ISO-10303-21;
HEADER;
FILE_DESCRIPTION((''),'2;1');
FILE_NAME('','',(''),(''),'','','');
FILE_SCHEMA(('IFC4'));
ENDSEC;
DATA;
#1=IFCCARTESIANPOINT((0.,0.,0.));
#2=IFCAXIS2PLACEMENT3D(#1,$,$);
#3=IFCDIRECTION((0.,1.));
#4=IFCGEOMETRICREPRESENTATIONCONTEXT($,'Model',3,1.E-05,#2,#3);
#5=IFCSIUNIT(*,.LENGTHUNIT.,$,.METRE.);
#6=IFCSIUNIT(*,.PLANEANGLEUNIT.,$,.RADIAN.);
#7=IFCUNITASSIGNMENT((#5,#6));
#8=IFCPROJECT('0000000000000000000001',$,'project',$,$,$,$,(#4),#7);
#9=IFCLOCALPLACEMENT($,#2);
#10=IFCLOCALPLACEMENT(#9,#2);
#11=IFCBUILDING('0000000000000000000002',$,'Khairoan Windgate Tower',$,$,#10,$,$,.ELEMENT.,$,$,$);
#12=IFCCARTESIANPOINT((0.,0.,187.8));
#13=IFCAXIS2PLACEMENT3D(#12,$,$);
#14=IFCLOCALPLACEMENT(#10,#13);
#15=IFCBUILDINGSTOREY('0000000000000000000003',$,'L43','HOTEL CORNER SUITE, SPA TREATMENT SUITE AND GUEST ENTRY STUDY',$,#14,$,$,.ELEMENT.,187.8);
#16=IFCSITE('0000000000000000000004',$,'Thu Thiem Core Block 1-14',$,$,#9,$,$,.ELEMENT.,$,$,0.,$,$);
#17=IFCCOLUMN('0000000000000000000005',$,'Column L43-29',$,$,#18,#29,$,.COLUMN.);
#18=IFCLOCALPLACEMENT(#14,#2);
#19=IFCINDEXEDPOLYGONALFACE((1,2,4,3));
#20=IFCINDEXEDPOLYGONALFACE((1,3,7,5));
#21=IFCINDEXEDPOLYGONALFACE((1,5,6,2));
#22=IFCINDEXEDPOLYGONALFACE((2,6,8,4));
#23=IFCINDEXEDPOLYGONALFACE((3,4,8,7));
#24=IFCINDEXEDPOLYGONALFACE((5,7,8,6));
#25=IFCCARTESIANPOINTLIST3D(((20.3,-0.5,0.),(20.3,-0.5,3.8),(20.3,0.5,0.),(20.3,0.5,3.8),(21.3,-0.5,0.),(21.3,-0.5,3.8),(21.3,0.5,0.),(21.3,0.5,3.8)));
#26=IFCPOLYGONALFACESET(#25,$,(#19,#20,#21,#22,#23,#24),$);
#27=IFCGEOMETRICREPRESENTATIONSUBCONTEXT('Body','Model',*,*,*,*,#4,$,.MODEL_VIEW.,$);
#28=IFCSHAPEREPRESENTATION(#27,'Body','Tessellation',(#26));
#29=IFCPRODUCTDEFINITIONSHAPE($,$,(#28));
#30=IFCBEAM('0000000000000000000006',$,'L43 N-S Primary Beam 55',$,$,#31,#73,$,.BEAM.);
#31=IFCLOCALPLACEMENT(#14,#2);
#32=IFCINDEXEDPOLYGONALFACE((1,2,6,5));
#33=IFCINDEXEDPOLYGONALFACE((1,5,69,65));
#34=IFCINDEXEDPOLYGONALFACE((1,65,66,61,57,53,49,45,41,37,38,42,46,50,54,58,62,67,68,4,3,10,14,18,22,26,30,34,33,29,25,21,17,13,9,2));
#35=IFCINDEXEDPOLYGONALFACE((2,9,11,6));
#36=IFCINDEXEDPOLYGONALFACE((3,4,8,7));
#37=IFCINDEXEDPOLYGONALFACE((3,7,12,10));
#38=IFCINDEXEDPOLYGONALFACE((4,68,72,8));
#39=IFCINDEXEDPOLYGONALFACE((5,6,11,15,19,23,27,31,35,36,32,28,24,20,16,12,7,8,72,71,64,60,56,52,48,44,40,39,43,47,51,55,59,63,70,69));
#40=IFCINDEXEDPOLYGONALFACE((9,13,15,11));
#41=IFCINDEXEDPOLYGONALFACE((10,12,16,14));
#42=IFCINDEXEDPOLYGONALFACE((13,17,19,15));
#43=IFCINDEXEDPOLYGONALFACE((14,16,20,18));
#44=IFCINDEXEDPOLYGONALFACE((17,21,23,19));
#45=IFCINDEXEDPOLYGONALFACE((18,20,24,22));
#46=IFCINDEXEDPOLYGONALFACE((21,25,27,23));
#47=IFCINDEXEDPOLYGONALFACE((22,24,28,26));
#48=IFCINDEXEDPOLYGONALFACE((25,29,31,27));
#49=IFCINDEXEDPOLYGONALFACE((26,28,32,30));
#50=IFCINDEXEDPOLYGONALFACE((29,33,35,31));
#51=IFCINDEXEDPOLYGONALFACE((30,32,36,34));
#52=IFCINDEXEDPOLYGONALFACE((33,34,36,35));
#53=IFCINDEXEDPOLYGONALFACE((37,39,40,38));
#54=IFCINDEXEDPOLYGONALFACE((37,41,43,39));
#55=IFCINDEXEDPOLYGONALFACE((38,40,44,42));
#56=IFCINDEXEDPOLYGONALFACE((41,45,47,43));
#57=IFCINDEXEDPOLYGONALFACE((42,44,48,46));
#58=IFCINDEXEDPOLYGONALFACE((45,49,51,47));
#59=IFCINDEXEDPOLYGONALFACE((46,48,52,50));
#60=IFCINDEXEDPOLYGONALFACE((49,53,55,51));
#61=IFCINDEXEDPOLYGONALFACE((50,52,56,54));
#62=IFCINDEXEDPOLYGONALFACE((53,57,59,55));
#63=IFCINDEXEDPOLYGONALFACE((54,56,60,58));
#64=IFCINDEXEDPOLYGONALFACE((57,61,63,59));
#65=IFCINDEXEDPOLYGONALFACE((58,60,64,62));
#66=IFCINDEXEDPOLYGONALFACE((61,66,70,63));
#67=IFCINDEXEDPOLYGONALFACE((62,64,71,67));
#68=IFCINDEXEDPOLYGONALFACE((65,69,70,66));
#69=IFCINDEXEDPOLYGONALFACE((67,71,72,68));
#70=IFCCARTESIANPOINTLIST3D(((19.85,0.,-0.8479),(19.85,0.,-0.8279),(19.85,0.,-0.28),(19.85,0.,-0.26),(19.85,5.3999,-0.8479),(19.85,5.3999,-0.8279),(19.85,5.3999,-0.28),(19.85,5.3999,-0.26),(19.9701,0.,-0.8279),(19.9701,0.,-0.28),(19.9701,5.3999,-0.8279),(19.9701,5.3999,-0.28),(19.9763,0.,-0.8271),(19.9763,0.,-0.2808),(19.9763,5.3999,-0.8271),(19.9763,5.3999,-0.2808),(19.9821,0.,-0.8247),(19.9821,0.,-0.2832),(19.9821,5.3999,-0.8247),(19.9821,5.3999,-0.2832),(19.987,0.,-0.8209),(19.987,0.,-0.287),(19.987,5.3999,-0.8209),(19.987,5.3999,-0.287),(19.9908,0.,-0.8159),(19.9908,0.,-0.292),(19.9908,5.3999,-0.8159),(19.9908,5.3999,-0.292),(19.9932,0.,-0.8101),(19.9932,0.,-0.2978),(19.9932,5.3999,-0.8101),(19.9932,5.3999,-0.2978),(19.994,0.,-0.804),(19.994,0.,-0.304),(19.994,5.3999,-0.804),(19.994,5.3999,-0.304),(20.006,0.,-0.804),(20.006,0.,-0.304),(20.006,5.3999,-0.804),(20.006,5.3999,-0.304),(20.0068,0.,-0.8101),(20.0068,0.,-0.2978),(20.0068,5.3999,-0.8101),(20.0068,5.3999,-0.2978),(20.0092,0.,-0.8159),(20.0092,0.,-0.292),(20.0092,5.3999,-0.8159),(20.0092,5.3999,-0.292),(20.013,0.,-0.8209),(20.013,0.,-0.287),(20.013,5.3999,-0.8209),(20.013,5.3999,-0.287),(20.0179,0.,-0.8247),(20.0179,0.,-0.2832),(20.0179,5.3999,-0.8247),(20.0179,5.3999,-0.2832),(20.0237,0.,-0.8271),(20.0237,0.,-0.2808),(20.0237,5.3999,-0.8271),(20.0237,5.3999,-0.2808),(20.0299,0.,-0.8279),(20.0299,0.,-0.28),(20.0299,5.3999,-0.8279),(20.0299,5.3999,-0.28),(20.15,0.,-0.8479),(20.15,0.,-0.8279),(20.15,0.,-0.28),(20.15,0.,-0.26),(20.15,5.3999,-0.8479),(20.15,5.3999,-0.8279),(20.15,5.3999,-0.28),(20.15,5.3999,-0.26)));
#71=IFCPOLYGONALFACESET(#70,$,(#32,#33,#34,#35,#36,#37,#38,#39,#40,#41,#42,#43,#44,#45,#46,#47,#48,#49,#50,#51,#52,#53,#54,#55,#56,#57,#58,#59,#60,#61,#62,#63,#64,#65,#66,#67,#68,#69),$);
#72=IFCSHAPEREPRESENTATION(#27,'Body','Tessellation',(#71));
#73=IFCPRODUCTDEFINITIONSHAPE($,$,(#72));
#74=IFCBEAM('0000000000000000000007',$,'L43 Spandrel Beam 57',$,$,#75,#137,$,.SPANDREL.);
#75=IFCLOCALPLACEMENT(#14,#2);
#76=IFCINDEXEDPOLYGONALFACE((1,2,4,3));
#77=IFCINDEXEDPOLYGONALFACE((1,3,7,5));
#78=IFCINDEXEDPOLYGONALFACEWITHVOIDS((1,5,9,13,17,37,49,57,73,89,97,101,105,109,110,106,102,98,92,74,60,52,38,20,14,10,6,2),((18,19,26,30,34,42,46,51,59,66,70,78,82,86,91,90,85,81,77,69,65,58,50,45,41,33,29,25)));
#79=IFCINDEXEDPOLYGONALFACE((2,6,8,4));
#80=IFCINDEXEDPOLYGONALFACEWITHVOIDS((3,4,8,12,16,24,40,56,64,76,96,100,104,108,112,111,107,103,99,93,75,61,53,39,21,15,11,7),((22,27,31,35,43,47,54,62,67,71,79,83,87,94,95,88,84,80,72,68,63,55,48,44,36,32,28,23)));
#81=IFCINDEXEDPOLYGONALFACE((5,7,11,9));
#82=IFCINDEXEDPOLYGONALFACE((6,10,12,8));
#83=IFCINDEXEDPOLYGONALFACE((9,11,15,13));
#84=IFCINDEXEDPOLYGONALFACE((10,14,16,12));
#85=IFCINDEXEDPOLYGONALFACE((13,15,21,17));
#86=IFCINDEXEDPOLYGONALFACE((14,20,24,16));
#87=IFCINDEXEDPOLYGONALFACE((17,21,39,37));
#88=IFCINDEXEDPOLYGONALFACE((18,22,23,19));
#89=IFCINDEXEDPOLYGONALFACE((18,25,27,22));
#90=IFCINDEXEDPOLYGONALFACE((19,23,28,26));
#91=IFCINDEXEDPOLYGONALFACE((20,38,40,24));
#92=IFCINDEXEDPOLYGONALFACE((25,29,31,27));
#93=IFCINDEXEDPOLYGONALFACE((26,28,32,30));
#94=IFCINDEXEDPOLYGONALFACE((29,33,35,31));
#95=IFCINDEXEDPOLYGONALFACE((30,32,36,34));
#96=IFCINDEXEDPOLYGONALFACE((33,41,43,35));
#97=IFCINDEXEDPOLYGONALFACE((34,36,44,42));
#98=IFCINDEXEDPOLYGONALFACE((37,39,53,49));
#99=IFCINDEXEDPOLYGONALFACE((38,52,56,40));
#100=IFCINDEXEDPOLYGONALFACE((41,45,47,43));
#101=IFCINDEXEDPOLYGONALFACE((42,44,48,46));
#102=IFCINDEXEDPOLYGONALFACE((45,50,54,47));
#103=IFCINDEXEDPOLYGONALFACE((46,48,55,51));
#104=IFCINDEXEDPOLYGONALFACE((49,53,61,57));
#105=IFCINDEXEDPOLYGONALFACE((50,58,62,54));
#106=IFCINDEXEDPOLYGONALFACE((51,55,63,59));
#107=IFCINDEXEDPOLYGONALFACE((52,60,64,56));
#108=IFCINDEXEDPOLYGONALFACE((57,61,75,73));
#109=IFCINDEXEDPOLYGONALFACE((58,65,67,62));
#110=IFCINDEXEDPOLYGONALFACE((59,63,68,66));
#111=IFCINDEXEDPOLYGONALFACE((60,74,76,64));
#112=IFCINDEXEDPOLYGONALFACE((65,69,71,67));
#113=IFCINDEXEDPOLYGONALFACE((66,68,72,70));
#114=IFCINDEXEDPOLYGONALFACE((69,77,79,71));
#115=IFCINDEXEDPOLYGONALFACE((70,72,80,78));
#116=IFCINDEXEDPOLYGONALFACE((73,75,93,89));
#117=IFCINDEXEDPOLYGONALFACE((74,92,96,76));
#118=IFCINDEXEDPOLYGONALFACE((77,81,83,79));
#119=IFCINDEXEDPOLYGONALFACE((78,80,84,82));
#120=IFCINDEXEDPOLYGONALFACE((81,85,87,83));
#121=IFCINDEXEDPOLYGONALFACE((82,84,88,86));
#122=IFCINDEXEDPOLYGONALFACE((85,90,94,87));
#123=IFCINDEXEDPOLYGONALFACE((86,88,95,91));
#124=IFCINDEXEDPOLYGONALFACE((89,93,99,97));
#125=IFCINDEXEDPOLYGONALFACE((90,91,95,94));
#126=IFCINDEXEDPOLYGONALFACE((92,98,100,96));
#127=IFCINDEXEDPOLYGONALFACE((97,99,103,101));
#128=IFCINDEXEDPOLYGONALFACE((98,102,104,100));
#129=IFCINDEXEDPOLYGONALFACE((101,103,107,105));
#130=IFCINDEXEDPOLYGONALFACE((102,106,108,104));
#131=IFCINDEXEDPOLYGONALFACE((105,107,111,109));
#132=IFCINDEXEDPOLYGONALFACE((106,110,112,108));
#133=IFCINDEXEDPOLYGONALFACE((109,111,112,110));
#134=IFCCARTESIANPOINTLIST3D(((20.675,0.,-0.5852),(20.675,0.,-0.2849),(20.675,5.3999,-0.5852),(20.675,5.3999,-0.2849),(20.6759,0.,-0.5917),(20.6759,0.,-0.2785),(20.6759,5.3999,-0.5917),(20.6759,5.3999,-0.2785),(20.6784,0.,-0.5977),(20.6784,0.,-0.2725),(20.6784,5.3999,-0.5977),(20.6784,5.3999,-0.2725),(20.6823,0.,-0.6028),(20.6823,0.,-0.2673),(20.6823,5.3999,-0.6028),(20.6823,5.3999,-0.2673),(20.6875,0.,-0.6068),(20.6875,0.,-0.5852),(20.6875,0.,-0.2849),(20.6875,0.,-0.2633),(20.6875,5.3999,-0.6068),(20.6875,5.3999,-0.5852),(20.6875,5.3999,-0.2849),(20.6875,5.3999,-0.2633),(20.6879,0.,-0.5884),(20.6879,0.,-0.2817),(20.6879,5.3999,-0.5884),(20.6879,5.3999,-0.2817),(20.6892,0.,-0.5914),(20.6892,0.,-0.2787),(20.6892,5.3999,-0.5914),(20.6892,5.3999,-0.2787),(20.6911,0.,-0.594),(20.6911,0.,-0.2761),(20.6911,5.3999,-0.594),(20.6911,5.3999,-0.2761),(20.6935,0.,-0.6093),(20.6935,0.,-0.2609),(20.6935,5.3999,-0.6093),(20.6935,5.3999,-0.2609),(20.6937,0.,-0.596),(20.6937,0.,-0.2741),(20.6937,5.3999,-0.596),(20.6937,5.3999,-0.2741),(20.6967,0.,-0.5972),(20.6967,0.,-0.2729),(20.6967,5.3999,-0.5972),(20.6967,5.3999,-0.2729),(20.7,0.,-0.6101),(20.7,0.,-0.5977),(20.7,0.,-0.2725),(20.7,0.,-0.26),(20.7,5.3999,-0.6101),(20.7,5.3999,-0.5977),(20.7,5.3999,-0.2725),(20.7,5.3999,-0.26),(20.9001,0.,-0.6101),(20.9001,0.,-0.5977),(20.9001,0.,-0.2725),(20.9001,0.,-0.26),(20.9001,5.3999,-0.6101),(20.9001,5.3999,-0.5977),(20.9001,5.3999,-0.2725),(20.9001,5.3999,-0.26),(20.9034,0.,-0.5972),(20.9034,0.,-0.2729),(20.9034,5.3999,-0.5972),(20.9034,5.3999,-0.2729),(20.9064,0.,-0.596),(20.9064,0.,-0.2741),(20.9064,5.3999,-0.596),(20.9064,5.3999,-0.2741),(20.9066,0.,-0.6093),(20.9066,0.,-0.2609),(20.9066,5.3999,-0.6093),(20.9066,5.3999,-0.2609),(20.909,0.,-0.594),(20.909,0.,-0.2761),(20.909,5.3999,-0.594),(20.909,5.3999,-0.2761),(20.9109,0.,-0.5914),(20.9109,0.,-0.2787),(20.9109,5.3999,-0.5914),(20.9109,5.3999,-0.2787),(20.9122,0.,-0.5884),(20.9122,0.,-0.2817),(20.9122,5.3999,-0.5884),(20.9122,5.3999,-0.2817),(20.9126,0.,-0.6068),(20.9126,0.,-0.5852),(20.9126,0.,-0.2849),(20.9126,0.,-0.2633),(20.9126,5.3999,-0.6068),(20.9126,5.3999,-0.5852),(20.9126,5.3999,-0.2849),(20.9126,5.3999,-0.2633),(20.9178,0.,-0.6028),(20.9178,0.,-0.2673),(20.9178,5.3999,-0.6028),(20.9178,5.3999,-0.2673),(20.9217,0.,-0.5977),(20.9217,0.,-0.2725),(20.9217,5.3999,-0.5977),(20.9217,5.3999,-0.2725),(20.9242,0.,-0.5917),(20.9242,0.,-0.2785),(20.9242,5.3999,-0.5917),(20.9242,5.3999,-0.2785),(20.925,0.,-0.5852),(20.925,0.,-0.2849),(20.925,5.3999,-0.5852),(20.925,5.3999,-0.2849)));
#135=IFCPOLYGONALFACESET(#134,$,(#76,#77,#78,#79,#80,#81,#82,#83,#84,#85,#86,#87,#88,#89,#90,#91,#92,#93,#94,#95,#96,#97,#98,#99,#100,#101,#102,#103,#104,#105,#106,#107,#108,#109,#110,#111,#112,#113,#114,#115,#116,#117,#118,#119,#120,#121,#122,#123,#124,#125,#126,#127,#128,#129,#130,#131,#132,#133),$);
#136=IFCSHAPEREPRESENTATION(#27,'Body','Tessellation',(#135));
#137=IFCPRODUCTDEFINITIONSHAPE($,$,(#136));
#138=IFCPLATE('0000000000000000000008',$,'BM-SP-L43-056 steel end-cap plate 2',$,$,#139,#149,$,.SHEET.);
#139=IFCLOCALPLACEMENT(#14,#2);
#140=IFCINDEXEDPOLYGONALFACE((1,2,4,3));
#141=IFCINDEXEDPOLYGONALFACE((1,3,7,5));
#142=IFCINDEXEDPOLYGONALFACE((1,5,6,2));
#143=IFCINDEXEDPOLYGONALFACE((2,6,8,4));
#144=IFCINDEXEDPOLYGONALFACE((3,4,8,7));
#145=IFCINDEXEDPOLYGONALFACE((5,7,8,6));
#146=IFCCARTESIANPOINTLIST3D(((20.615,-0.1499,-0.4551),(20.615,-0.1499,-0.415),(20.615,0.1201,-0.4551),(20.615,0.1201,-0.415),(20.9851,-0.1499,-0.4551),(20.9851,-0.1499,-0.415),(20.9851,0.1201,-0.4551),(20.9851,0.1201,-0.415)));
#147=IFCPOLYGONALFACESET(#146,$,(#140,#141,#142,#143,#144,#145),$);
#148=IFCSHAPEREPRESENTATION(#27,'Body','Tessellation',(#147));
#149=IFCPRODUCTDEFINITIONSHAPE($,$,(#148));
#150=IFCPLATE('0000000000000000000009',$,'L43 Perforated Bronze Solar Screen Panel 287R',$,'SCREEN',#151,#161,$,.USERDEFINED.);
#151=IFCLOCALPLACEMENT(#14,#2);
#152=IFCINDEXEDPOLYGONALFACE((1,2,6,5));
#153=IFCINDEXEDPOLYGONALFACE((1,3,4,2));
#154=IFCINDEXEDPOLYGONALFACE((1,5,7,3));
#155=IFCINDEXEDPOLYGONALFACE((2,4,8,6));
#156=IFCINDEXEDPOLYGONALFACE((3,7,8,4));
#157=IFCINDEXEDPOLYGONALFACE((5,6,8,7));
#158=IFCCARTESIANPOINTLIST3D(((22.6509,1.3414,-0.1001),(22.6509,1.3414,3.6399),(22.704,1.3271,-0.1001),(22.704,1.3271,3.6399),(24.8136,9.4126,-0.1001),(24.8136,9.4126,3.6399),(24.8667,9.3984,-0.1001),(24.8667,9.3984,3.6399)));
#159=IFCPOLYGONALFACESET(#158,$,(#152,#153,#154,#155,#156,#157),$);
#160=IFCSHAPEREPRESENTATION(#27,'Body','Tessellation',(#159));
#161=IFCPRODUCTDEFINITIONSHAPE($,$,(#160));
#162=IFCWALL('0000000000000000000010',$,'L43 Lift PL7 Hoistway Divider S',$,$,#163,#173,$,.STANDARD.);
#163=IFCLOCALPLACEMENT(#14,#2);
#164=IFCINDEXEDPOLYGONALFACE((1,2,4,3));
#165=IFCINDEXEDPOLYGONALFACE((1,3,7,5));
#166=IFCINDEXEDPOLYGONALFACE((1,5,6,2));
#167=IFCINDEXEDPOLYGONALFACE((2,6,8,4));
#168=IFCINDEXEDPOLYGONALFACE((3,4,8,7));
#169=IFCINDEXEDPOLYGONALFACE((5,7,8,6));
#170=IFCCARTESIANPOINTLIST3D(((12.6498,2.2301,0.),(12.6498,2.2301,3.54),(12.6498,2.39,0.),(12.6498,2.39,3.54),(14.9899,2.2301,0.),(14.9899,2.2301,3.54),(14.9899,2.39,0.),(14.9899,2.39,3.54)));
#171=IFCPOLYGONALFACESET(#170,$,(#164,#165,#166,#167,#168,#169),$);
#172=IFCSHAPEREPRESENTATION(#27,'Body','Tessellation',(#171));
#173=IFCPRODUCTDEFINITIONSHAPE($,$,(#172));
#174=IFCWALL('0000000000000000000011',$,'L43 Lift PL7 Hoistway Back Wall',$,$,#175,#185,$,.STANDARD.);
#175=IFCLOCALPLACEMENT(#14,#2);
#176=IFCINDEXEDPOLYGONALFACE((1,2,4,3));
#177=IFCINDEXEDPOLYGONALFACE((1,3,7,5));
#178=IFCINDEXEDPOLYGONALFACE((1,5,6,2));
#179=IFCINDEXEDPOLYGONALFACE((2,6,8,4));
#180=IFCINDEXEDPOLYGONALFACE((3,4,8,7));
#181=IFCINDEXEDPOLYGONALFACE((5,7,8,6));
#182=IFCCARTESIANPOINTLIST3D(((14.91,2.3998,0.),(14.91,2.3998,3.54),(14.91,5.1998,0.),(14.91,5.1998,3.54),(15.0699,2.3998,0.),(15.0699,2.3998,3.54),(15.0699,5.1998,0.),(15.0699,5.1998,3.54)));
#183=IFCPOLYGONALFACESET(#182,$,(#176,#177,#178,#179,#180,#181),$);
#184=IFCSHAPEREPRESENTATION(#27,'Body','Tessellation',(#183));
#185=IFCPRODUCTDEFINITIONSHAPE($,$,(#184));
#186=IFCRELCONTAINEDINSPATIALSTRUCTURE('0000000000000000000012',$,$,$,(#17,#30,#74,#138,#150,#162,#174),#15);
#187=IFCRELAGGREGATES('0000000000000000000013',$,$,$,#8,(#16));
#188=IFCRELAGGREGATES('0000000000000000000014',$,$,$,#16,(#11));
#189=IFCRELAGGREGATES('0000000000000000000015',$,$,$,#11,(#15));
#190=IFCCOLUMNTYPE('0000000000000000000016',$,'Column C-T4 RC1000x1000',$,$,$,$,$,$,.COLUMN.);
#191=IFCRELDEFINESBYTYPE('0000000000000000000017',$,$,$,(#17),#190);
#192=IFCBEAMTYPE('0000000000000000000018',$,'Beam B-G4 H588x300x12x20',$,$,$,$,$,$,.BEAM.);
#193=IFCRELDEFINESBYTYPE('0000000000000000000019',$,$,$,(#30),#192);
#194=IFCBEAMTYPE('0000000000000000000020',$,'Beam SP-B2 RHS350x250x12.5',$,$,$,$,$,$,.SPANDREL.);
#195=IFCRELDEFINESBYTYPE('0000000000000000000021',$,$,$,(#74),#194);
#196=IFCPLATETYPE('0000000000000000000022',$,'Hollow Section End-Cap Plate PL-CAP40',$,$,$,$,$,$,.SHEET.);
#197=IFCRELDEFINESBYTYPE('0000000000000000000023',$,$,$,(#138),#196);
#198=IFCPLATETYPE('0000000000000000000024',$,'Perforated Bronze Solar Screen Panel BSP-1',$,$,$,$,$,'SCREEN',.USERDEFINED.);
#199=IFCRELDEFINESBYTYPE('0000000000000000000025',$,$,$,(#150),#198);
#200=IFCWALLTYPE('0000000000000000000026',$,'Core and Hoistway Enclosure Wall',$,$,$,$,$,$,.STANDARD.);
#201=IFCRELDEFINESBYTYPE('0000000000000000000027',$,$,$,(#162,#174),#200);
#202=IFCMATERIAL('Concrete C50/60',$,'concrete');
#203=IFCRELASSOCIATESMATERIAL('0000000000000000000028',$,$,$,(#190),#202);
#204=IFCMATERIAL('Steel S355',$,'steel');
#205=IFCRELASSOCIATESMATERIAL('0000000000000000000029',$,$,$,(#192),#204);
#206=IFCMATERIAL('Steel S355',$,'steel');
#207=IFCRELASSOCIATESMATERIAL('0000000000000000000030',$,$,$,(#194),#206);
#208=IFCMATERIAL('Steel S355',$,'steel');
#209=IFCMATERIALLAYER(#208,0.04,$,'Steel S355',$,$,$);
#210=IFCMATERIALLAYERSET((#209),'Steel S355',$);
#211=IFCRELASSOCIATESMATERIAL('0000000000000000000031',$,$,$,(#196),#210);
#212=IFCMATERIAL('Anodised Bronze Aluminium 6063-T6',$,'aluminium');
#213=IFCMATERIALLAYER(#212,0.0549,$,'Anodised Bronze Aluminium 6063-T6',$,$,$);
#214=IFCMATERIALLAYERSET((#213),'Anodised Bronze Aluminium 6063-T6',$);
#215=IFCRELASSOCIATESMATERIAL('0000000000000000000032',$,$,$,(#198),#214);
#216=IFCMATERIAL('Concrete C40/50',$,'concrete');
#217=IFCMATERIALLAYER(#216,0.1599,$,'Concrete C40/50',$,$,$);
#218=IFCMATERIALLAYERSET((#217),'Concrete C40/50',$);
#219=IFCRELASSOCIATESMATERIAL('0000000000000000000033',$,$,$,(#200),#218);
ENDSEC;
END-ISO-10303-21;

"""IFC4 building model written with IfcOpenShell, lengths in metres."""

from ifc_helpers import new_model, si_unit, direction, frame, frame_2d, origin, origin_2d, place, context, subcontext, project, spatial, rectangle, hollow_rectangle, i_section, extrude, material, layer, layer_set, material_profile, profile_set, type_object, element, save


model = new_model("IFC4")

# Units and contexts
model_context = context("Model", 3, precision=1e-05, world=origin(), true_north=direction((0.0, 1.0)))
body_context = subcontext(model_context, "Body", "Model", "MODEL_VIEW")
ifc_project = project(units=[si_unit("LENGTHUNIT", "METRE"), si_unit("PLANEANGLEUNIT", "RADIAN")], contexts=[model_context])

# Site, building, storey
site_placement = place(None, origin())
site = spatial("IfcSite", under=ifc_project, at=site_placement, Name="Thu Thiem Core Block 1-14", CompositionType="ELEMENT", RefElevation=0.0)
building_placement = place(site_placement, origin())
building = spatial("IfcBuilding", under=site, at=building_placement, Name="Khairoan Windgate Tower", CompositionType="ELEMENT")
storey_placement = place(building_placement, frame((0.0, 0.0, 187.8)))
storey = spatial("IfcBuildingStorey", under=building, at=storey_placement, Name="L43", Description="HOTEL CORNER SUITE, SPA TREATMENT SUITE AND GUEST ENTRY STUDY", CompositionType="ELEMENT", Elevation=187.8)

# Column
ifc_material_1 = material(Name="Concrete C50/60", Category="concrete")
ifc_material_profile_1 = material_profile(ifc_material_1, rectangle(XDim=1.0, YDim=1.0, at=origin_2d()))
ifc_profile_set_1 = profile_set([ifc_material_profile_1], Name="Concrete C50/60")
column_type = type_object("IfcColumnType", Name="Column C-T4 RC1000x1000", PredefinedType="COLUMN", material=ifc_profile_set_1)
column_placement = place(storey_placement, frame((20.8, 0.0, 0.0), z_axis=(0.0, 0.0, 1.0), x_axis=(1.0, 0.0, 0.0)))
element("IfcColumn", 1, at=column_placement, inside=storey, type_object=column_type, Name="Column L43-29", PredefinedType="COLUMN", context=body_context, shape_type="SweptSolid", body=[
    extrude(rectangle(XDim=1.0, YDim=1.0, at=origin_2d()), origin(), (0.0, 0.0, 1.0), 3.8),
])

# Beams
ifc_material_2 = material(Name="Steel S355", Category="steel")
ifc_material_profile_2 = material_profile(ifc_material_2, i_section(OverallWidth=0.3, OverallDepth=0.5879, WebThickness=0.012, FlangeThickness=0.02, FilletRadius=0.0239, at=origin_2d()))
ifc_profile_set_2 = profile_set([ifc_material_profile_2], Name="Steel S355")
beam_type_1 = type_object("IfcBeamType", Name="Beam B-G4 H588x300x12x20", PredefinedType="BEAM", material=ifc_profile_set_2)
beam_1_placement = place(storey_placement, frame((20.0, 0.0, -0.554), z_axis=(0.0, 1.0, 0.0), x_axis=(-1.0, 0.0, 0.0)))
element("IfcBeam", 2, at=beam_1_placement, inside=storey, type_object=beam_type_1, Name="L43 N-S Primary Beam 55", PredefinedType="BEAM", context=body_context, shape_type="SweptSolid", body=[
    extrude(i_section(OverallWidth=0.3, OverallDepth=0.5879, WebThickness=0.012, FlangeThickness=0.02, FilletRadius=0.0239, at=origin_2d()), origin(), (0.0, 0.0, 1.0), 5.3999),
])
ifc_material_3 = material(Name="Steel S355", Category="steel")
ifc_material_profile_3 = material_profile(ifc_material_3, hollow_rectangle(XDim=0.25, YDim=0.3501, WallThickness=0.0125, InnerFilletRadius=0.0125, OuterFilletRadius=0.0249, at=origin_2d()))
ifc_profile_set_3 = profile_set([ifc_material_profile_3], Name="Steel S355")
beam_type_2 = type_object("IfcBeamType", Name="Beam SP-B2 RHS350x250x12.5", PredefinedType="SPANDREL", material=ifc_profile_set_3)
beam_2_placement = place(storey_placement, frame((20.8, 0.0, -0.4351), z_axis=(0.0, 1.0, 0.0), x_axis=(-1.0, 0.0, 0.0)))
element("IfcBeam", 3, at=beam_2_placement, inside=storey, type_object=beam_type_2, Name="L43 Spandrel Beam 57", PredefinedType="SPANDREL", context=body_context, shape_type="SweptSolid", body=[
    extrude(hollow_rectangle(XDim=0.25, YDim=0.3501, WallThickness=0.0125, InnerFilletRadius=0.0125, OuterFilletRadius=0.0249, at=origin_2d()), origin(), (0.0, 0.0, 1.0), 5.3999),
])

# Plates
ifc_material_4 = material(Name="Steel S355", Category="steel")
ifc_layer_1 = layer(ifc_material_4, 0.04, Name="Steel S355")
ifc_layer_set_1 = layer_set([ifc_layer_1], Name="Steel S355")
plate_type_1 = type_object("IfcPlateType", Name="Hollow Section End-Cap Plate PL-CAP40", PredefinedType="SHEET", material=ifc_layer_set_1)
plate_1_placement = place(storey_placement, frame((20.8, -0.0149, -0.4551), z_axis=(0.0, 0.0, 1.0), x_axis=(0.0, 1.0, 0.0)))
element("IfcPlate", 4, at=plate_1_placement, inside=storey, type_object=plate_type_1, Name="BM-SP-L43-056 steel end-cap plate 2", PredefinedType="SHEET", context=body_context, shape_type="SweptSolid", body=[
    extrude(rectangle(XDim=0.27, YDim=0.3701, at=origin_2d()), origin(), (0.0, 0.0, 1.0), 0.04),
])
ifc_material_5 = material(Name="Anodised Bronze Aluminium 6063-T6", Category="aluminium")
ifc_layer_2 = layer(ifc_material_5, 0.0549, Name="Anodised Bronze Aluminium 6063-T6")
ifc_layer_set_2 = layer_set([ifc_layer_2], Name="Anodised Bronze Aluminium 6063-T6")
plate_type_2 = type_object("IfcPlateType", Name="Perforated Bronze Solar Screen Panel BSP-1", ElementType="SCREEN", PredefinedType="USERDEFINED", material=ifc_layer_set_2)
plate_2_placement = place(storey_placement, frame((23.7588, 5.3699, -0.1001), z_axis=(0.0, 0.0, 1.0), x_axis=(-0.258819, -0.965926, 0.0)))
element("IfcPlate", 5, at=plate_2_placement, inside=storey, type_object=plate_type_2, Name="L43 Perforated Bronze Solar Screen Panel 287R", ObjectType="SCREEN", PredefinedType="USERDEFINED", context=body_context, shape_type="SweptSolid", body=[
    extrude(rectangle(XDim=8.356, YDim=0.0549, at=origin_2d()), origin(), (0.0, 0.0, 1.0), 3.74),
])

# Walls
ifc_material_6 = material(Name="Concrete C40/50", Category="concrete")
ifc_layer_3 = layer(ifc_material_6, 0.1599, Name="Concrete C40/50")
ifc_layer_set_3 = layer_set([ifc_layer_3], Name="Concrete C40/50")
wall_type_1 = type_object("IfcWallType", Name="Core and Hoistway Enclosure Wall", PredefinedType="STANDARD", material=ifc_layer_set_3)
wall_1_placement = place(storey_placement, frame((12.6499, 2.3101, 0.0), z_axis=(0.0, 0.0, 1.0), x_axis=(1.0, 0.0, 0.0)))
element("IfcWall", 6, at=wall_1_placement, inside=storey, type_object=wall_type_1, Name="L43 Lift PL7 Hoistway Divider S", PredefinedType="STANDARD", context=body_context, shape_type="SweptSolid", body=[
    extrude(rectangle(XDim=2.3401, YDim=0.1599, at=frame_2d((1.1699, 0.0))), origin(), (0.0, 0.0, 1.0), 3.54),
])
wall_2_placement = place(storey_placement, frame((14.99, 2.3999, 0.0), z_axis=(0.0, 0.0, 1.0), x_axis=(0.0, 1.0, 0.0)))
element("IfcWall", 7, at=wall_2_placement, inside=storey, type_object=wall_type_1, Name="L43 Lift PL7 Hoistway Back Wall", PredefinedType="STANDARD", context=body_context, shape_type="SweptSolid", body=[
    extrude(rectangle(XDim=2.8, YDim=0.1599, at=frame_2d((1.3999, 0.0))), origin(), (0.0, 0.0, 1.0), 3.54),
])

save(model, "model.ifc")
